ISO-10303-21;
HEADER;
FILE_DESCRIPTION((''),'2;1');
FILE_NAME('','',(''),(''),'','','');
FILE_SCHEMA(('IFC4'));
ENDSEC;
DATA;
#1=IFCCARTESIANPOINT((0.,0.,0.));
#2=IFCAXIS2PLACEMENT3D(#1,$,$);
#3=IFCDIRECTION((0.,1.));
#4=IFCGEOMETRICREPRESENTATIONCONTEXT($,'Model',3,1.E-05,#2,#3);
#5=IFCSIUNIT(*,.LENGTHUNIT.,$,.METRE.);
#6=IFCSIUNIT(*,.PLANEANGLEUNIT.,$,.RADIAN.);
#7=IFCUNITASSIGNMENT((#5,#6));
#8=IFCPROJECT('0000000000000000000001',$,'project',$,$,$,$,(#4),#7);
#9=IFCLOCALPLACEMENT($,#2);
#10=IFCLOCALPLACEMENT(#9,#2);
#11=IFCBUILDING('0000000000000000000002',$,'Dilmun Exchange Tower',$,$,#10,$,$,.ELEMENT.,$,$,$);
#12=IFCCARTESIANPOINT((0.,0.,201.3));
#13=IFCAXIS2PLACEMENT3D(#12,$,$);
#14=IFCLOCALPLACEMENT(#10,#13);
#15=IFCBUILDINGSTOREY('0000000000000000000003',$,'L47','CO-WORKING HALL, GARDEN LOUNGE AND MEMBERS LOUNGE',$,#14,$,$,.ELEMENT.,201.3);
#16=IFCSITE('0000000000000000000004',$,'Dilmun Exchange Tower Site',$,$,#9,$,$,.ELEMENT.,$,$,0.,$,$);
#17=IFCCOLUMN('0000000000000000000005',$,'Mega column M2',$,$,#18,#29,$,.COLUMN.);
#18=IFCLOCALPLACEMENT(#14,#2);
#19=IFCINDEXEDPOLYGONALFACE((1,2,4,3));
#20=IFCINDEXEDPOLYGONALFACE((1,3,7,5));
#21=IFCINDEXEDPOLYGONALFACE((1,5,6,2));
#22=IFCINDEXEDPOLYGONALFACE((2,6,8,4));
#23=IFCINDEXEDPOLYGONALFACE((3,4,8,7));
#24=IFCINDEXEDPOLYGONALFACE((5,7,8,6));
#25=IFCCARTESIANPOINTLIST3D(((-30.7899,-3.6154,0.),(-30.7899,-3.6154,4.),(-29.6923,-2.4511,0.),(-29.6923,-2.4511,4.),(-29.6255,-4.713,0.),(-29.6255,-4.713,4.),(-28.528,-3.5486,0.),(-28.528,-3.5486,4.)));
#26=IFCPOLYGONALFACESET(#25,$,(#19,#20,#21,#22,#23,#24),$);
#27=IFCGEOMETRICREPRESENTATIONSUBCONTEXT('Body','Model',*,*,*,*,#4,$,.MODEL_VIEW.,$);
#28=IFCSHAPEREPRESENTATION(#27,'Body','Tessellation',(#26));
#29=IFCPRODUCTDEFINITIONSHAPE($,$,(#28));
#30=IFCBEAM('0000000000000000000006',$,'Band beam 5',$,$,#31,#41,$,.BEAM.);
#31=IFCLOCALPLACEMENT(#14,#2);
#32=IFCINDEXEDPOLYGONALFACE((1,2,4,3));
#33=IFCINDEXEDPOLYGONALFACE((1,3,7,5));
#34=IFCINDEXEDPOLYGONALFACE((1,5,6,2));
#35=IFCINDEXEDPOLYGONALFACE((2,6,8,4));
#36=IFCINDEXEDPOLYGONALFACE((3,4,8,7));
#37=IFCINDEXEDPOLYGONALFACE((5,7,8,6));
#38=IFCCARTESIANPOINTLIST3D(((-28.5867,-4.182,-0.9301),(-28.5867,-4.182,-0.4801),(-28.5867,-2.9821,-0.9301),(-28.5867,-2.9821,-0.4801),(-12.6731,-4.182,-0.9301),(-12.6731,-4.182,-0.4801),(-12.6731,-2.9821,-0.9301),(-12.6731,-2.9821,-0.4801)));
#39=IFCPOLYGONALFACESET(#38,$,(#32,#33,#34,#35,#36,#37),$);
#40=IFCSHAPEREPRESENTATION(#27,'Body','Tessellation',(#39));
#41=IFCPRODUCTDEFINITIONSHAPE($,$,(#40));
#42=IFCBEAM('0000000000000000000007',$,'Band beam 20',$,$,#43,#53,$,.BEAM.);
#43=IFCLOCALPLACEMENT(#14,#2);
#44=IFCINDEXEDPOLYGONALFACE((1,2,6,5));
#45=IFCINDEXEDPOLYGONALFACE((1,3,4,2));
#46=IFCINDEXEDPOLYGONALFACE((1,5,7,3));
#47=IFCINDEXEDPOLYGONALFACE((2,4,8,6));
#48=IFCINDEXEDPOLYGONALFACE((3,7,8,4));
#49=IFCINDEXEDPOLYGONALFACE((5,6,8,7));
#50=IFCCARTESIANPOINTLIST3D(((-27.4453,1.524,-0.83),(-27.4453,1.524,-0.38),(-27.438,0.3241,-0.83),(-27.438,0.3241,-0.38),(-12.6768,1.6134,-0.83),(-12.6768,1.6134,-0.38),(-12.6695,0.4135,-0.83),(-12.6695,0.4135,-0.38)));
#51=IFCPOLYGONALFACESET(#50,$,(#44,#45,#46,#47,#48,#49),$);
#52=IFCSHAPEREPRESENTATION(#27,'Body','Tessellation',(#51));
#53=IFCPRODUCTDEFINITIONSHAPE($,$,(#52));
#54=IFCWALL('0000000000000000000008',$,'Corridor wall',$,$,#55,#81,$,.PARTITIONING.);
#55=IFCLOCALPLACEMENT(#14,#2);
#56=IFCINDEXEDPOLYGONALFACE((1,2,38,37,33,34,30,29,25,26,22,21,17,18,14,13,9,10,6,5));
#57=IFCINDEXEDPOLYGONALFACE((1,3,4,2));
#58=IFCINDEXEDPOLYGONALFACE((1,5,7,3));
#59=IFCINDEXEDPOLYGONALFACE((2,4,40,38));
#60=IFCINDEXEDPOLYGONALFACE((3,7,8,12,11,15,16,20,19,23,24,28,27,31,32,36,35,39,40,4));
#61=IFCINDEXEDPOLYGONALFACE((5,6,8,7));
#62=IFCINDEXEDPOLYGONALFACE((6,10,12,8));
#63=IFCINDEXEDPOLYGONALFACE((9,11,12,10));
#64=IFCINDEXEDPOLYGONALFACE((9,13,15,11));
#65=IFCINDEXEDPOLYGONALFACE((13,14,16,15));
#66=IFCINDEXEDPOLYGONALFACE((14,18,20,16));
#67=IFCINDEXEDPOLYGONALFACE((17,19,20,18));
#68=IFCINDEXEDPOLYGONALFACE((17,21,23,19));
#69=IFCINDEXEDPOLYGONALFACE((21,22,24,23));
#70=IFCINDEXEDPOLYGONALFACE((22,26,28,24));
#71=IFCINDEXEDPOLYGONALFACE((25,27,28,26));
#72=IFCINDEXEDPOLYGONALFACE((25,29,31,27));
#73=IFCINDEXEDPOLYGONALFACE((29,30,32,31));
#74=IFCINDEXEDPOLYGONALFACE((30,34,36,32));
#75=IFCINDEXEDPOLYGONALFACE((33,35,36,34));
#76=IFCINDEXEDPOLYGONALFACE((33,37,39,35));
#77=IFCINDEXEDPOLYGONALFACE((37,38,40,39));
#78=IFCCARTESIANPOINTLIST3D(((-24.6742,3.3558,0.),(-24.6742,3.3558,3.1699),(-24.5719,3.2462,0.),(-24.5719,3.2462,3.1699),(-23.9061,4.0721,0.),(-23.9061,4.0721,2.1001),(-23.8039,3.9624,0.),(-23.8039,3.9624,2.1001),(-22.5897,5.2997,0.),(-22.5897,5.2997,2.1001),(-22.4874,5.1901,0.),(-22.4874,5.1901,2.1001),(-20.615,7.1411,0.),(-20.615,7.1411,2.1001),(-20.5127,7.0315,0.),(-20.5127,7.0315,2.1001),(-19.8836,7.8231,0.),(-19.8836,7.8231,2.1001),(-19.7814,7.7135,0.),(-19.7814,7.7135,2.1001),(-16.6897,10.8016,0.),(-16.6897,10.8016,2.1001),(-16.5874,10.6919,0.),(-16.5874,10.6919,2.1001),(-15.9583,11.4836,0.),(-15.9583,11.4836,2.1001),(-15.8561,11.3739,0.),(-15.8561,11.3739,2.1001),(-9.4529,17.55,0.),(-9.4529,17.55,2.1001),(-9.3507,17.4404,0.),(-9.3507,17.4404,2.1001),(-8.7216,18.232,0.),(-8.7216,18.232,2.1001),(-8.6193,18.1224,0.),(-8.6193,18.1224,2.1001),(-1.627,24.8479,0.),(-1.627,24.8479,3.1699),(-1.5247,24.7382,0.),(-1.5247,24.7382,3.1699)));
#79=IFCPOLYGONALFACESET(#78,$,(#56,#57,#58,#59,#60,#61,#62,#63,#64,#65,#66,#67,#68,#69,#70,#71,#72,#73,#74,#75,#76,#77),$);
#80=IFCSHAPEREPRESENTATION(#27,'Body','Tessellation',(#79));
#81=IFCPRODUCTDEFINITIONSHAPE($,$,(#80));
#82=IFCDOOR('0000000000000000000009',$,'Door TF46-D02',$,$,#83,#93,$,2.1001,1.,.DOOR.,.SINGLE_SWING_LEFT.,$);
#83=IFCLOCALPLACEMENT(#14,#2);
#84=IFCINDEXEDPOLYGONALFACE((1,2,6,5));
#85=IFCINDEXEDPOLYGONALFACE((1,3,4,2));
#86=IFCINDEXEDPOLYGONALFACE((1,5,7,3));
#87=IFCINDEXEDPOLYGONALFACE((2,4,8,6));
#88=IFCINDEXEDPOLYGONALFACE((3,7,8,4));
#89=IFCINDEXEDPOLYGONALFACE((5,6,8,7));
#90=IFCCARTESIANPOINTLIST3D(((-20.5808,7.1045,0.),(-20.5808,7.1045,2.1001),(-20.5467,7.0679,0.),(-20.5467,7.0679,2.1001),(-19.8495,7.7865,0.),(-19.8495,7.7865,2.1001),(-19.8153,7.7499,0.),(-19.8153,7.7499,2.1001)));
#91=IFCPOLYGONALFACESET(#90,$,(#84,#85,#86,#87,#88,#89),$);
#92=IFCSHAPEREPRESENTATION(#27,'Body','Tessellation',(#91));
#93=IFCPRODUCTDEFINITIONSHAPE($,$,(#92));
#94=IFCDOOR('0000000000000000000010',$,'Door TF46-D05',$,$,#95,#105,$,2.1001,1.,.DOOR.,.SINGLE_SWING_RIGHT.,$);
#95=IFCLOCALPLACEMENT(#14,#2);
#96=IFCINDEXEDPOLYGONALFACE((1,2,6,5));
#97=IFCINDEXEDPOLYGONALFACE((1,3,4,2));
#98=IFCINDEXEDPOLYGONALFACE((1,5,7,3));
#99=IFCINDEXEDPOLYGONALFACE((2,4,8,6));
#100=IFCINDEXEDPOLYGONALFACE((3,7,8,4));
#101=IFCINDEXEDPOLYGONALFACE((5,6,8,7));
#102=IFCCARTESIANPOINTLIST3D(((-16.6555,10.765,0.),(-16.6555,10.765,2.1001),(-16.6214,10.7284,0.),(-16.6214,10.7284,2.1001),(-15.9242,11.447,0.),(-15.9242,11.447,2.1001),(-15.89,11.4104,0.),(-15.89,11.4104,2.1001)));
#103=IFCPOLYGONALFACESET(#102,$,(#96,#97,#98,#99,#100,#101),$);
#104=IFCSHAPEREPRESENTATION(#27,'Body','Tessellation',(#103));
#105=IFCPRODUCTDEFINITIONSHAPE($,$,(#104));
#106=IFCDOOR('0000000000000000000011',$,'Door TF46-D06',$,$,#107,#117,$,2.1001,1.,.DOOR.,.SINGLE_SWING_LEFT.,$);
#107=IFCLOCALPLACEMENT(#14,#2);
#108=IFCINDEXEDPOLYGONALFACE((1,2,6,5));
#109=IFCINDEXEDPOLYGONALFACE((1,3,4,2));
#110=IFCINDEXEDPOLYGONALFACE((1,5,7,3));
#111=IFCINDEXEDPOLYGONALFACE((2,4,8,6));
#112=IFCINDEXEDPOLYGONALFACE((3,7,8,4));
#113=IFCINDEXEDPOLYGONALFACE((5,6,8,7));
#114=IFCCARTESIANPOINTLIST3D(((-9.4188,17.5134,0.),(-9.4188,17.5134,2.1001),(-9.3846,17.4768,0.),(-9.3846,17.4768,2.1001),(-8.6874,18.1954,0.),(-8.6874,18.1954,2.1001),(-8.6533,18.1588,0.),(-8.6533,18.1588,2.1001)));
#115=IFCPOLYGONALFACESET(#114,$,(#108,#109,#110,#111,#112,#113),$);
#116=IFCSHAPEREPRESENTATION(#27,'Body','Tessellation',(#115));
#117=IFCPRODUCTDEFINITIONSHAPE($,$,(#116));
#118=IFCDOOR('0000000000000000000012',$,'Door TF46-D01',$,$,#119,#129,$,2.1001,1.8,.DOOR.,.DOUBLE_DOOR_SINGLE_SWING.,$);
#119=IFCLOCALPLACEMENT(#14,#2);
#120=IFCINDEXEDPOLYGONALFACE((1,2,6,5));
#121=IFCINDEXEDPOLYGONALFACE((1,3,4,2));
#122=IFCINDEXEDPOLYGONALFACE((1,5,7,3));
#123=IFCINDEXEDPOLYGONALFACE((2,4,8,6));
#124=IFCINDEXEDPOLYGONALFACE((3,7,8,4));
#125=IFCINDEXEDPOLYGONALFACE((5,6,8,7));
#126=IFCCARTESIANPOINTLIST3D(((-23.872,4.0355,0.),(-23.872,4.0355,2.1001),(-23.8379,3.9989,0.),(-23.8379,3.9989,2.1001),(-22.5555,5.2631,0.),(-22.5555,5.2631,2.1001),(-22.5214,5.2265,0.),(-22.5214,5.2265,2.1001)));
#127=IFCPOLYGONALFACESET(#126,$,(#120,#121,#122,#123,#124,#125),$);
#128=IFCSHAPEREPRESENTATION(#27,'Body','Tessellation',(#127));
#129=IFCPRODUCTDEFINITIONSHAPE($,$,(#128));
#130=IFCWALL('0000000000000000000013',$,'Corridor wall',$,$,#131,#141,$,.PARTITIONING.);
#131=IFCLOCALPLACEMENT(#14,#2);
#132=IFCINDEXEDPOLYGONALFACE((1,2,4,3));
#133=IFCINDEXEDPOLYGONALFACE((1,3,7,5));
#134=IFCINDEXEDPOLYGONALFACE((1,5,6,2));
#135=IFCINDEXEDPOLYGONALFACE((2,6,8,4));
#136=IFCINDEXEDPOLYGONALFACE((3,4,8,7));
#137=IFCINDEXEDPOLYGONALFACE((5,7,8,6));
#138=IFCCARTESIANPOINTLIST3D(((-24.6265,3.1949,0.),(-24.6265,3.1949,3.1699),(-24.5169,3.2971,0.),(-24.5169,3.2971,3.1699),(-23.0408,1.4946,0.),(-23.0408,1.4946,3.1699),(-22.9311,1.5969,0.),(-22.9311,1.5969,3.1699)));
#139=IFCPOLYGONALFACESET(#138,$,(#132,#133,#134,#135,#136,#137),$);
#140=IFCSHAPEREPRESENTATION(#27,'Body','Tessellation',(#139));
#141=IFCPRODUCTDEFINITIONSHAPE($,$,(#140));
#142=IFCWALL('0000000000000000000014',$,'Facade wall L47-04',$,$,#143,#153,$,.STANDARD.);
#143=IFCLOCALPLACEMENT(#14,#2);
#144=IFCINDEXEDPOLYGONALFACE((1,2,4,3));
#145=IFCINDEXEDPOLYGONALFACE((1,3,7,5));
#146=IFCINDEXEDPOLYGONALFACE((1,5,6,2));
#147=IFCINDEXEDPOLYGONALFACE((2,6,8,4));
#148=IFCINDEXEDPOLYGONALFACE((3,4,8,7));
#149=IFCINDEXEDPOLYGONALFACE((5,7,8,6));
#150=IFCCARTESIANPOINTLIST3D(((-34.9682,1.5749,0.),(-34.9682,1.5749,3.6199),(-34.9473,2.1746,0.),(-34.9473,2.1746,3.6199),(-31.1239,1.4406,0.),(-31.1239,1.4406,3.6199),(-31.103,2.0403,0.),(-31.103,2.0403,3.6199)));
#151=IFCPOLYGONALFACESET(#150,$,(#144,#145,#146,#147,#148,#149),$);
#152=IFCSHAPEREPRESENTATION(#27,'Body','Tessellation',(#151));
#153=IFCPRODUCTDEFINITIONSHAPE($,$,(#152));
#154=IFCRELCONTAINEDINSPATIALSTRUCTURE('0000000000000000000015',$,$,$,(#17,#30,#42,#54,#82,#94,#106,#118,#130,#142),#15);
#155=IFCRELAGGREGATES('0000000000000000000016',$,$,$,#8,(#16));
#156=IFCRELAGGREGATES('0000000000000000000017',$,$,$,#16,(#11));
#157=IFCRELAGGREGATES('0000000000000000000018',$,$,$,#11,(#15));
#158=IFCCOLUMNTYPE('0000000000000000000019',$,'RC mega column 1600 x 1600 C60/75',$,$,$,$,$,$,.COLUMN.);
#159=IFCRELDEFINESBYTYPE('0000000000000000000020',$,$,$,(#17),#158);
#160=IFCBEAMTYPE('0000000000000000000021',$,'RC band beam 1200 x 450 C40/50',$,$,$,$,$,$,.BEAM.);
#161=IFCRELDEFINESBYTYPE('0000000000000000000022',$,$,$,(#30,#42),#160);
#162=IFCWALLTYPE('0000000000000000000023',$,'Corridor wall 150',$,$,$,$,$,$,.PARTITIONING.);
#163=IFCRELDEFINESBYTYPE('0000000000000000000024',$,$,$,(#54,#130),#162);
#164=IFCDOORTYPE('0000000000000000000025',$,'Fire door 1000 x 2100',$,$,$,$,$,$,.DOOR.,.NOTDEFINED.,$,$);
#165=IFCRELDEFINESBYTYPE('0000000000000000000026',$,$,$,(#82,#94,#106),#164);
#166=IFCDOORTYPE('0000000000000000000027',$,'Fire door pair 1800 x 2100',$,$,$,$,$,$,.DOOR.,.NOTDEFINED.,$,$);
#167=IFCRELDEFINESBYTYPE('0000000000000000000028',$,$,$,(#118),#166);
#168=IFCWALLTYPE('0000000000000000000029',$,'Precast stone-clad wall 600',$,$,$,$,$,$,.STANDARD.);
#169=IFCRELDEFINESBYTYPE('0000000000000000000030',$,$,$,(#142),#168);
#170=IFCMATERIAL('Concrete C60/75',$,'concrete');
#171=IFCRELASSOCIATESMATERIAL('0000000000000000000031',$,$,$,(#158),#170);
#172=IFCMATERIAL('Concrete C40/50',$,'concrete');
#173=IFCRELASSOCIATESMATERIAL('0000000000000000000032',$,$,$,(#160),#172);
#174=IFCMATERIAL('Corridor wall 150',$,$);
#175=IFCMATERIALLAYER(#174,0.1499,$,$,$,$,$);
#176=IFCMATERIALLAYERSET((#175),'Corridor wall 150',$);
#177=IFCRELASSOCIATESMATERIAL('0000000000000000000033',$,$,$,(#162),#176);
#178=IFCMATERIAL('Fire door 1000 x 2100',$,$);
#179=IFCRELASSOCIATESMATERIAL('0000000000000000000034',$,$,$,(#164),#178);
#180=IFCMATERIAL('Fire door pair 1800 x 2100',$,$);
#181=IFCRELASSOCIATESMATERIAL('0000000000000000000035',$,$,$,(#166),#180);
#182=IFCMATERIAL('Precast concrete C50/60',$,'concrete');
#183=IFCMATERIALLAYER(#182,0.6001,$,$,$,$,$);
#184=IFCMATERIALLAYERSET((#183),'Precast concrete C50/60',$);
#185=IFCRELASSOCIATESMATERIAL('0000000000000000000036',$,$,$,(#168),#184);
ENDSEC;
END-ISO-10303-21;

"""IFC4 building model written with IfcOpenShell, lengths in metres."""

from ifc_helpers import new_model, si_unit, direction, frame, frame_2d, origin, origin_2d, place, context, subcontext, project, spatial, rectangle, extrude, material, layer, layer_set, material_profile, profile_set, type_object, element, fill, save


model = new_model("IFC4")

# Units and contexts
model_context = context("Model", 3, precision=1e-05, world=origin(), true_north=direction((0.0, 1.0)))
body_context = subcontext(model_context, "Body", "Model", "MODEL_VIEW")
ifc_project = project(units=[si_unit("LENGTHUNIT", "METRE"), si_unit("PLANEANGLEUNIT", "RADIAN")], contexts=[model_context])

# Site, building, storey
site_placement = place(None, origin())
site = spatial("IfcSite", under=ifc_project, at=site_placement, Name="Dilmun Exchange Tower Site", CompositionType="ELEMENT", RefElevation=0.0)
building_placement = place(site_placement, origin())
building = spatial("IfcBuilding", under=site, at=building_placement, Name="Dilmun Exchange Tower", CompositionType="ELEMENT")
storey_placement = place(building_placement, frame((0.0, 0.0, 201.3)))
storey = spatial("IfcBuildingStorey", under=building, at=storey_placement, Name="L47", Description="CO-WORKING HALL, GARDEN LOUNGE AND MEMBERS LOUNGE", CompositionType="ELEMENT", Elevation=201.3)

# Column
ifc_material_1 = material(Name="Concrete C60/75", Category="concrete")
ifc_material_profile_1 = material_profile(ifc_material_1, rectangle(XDim=1.6001, YDim=1.6001, at=origin_2d()), Name="1600 x 1600")
ifc_profile_set_1 = profile_set([ifc_material_profile_1], Name="Concrete C60/75")
column_type = type_object("IfcColumnType", Name="RC mega column 1600 x 1600 C60/75", PredefinedType="COLUMN", material=ifc_profile_set_1)
column_placement = place(storey_placement, frame((-29.6589, -3.582, 0.0), z_axis=(0.0, 0.0, 1.0), x_axis=(0.685916, 0.727681, 0.0)))
element("IfcColumn", 1, at=column_placement, inside=storey, type_object=column_type, Name="Mega column M2", PredefinedType="COLUMN", context=body_context, shape_type="SweptSolid", body=[
    extrude(rectangle(XDim=1.6001, YDim=1.6001, at=origin_2d()), origin(), (0.0, 0.0, 1.0), 4.0),
])

# Beams
ifc_material_2 = material(Name="Concrete C40/50", Category="concrete")
ifc_material_profile_2 = material_profile(ifc_material_2, rectangle(XDim=1.2, YDim=0.45, at=origin_2d()), Name="1200 x 450")
ifc_profile_set_2 = profile_set([ifc_material_profile_2], Name="Concrete C40/50")
beam_type = type_object("IfcBeamType", Name="RC band beam 1200 x 450 C40/50", PredefinedType="BEAM", material=ifc_profile_set_2)
beam_1_placement = place(storey_placement, frame((-28.5867, -3.582, -0.7051), z_axis=(1.0, 0.0, 0.0), x_axis=(0.0, 1.0, 0.0)))
element("IfcBeam", 2, at=beam_1_placement, inside=storey, type_object=beam_type, Name="Band beam 5", PredefinedType="BEAM", context=body_context, shape_type="SweptSolid", body=[
    extrude(rectangle(XDim=1.2, YDim=0.45, at=origin_2d()), origin(), (0.0, 0.0, 1.0), 15.9136),
])
beam_2_placement = place(storey_placement, frame((-27.4417, 0.9241, -0.605), z_axis=(0.999982, 0.00605, 0.0), x_axis=(-0.00605, 0.999982, 0.0)))
element("IfcBeam", 3, at=beam_2_placement, inside=storey, type_object=beam_type, Name="Band beam 20", PredefinedType="BEAM", context=body_context, shape_type="SweptSolid", body=[
    extrude(rectangle(XDim=1.2, YDim=0.45, at=origin_2d()), origin(), (0.0, 0.0, 1.0), 14.7688),
])

# Wall, openings, doors
ifc_material_3 = material(Name="Corridor wall 150")
ifc_layer_1 = layer(ifc_material_3, 0.1499)
ifc_layer_set_1 = layer_set([ifc_layer_1], Name="Corridor wall 150")
wall_type_1 = type_object("IfcWallType", Name="Corridor wall 150", PredefinedType="PARTITIONING", material=ifc_layer_set_1)
wall_1_placement = place(storey_placement, frame((-24.623, 3.301, 0.0), z_axis=(0.0, 0.0, 1.0), x_axis=(0.731351, 0.682001, 0.0)))
wall_1 = element("IfcWall", 4, at=wall_1_placement, inside=storey, type_object=wall_type_1, Name="Corridor wall", PredefinedType="PARTITIONING", context=body_context, shape_type="SweptSolid", body=[
    extrude(rectangle(XDim=31.5132, YDim=0.1499, at=frame_2d((15.7566, 0.0))), origin(), (0.0, 0.0, 1.0), 3.1699),
])
opening_1_placement = place(wall_1_placement, frame((1.0503, 0.0, 0.0)))
opening_1 = element("IfcOpeningElement", 5, at=opening_1_placement, cuts=wall_1, PredefinedType="OPENING", context=body_context, shape_type="SweptSolid", body=[
    extrude(rectangle(XDim=1.8, YDim=2.1001, at=frame_2d((0.8999, 1.05))), frame((0.0, 0.085, 0.0), z_axis=(0.0, -1.0, 0.0), x_axis=(1.0, 0.0, 0.0)), (0.0, 0.0, 1.0), 0.1699),
])
opening_2_placement = place(wall_1_placement, frame((5.5503, 0.0, 0.0)))
opening_2 = element("IfcOpeningElement", 6, at=opening_2_placement, cuts=wall_1, PredefinedType="OPENING", context=body_context, shape_type="SweptSolid", body=[
    extrude(rectangle(XDim=1.0, YDim=2.1001, at=frame_2d((0.5, 1.05))), frame((0.0, 0.085, 0.0), z_axis=(0.0, -1.0, 0.0), x_axis=(1.0, 0.0, 0.0)), (0.0, 0.0, 1.0), 0.1699),
])
opening_3_placement = place(wall_1_placement, frame((10.9175, 0.0, 0.0)))
opening_3 = element("IfcOpeningElement", 7, at=opening_3_placement, cuts=wall_1, PredefinedType="OPENING", context=body_context, shape_type="SweptSolid", body=[
    extrude(rectangle(XDim=1.0, YDim=2.1001, at=frame_2d((0.5, 1.05))), frame((0.0, 0.085, 0.0), z_axis=(0.0, -1.0, 0.0), x_axis=(1.0, 0.0, 0.0)), (0.0, 0.0, 1.0), 0.1699),
])
opening_4_placement = place(wall_1_placement, frame((20.8125, 0.0, 0.0)))
opening_4 = element("IfcOpeningElement", 8, at=opening_4_placement, cuts=wall_1, PredefinedType="OPENING", context=body_context, shape_type="SweptSolid", body=[
    extrude(rectangle(XDim=1.0, YDim=2.1001, at=frame_2d((0.5, 1.05))), frame((0.0, 0.085, 0.0), z_axis=(0.0, -1.0, 0.0), x_axis=(1.0, 0.0, 0.0)), (0.0, 0.0, 1.0), 0.1699),
])
ifc_material_4 = material(Name="Fire door 1000 x 2100")
door_type_1 = type_object("IfcDoorType", Name="Fire door 1000 x 2100", OperationType="NOTDEFINED", PredefinedType="DOOR", material=ifc_material_4)
door_1_placement = place(opening_2_placement, origin())
door_1 = element("IfcDoor", 9, at=door_1_placement, inside=storey, type_object=door_type_1, Name="Door TF46-D02", OperationType="SINGLE_SWING_LEFT", OverallHeight=2.1001, OverallWidth=1.0, PredefinedType="DOOR", context=body_context, shape_type="SweptSolid", body=[
    extrude(rectangle(XDim=1.0, YDim=2.1001, at=frame_2d((0.5, 1.05))), frame((0.0, 0.0249, 0.0), z_axis=(0.0, -1.0, 0.0), x_axis=(1.0, 0.0, 0.0)), (0.0, 0.0, 1.0), 0.05),
])
fill(opening_2, door_1)
door_2_placement = place(opening_3_placement, origin())
door_2 = element("IfcDoor", 10, at=door_2_placement, inside=storey, type_object=door_type_1, Name="Door TF46-D05", OperationType="SINGLE_SWING_RIGHT", OverallHeight=2.1001, OverallWidth=1.0, PredefinedType="DOOR", context=body_context, shape_type="SweptSolid", body=[
    extrude(rectangle(XDim=1.0, YDim=2.1001, at=frame_2d((0.5, 1.05))), frame((0.0, 0.0249, 0.0), z_axis=(0.0, -1.0, 0.0), x_axis=(1.0, 0.0, 0.0)), (0.0, 0.0, 1.0), 0.05),
])
fill(opening_3, door_2)
door_3_placement = place(opening_4_placement, origin())
door_3 = element("IfcDoor", 11, at=door_3_placement, inside=storey, type_object=door_type_1, Name="Door TF46-D06", OperationType="SINGLE_SWING_LEFT", OverallHeight=2.1001, OverallWidth=1.0, PredefinedType="DOOR", context=body_context, shape_type="SweptSolid", body=[
    extrude(rectangle(XDim=1.0, YDim=2.1001, at=frame_2d((0.5, 1.05))), frame((0.0, 0.0249, 0.0), z_axis=(0.0, -1.0, 0.0), x_axis=(1.0, 0.0, 0.0)), (0.0, 0.0, 1.0), 0.05),
])
fill(opening_4, door_3)
ifc_material_5 = material(Name="Fire door pair 1800 x 2100")
door_type_2 = type_object("IfcDoorType", Name="Fire door pair 1800 x 2100", OperationType="NOTDEFINED", PredefinedType="DOOR", material=ifc_material_5)
door_4_placement = place(opening_1_placement, origin())
door_4 = element("IfcDoor", 12, at=door_4_placement, inside=storey, type_object=door_type_2, Name="Door TF46-D01", OperationType="DOUBLE_DOOR_SINGLE_SWING", OverallHeight=2.1001, OverallWidth=1.8, PredefinedType="DOOR", context=body_context, shape_type="SweptSolid", body=[
    extrude(rectangle(XDim=1.8, YDim=2.1001, at=frame_2d((0.8999, 1.05))), frame((0.0, 0.0249, 0.0), z_axis=(0.0, -1.0, 0.0), x_axis=(1.0, 0.0, 0.0)), (0.0, 0.0, 1.0), 0.05),
])
fill(opening_1, door_4)

# Walls
wall_2_placement = place(storey_placement, frame((-24.5718, 3.2461, 0.0), z_axis=(0.0, 0.0, 1.0), x_axis=(0.682053, -0.731303, 0.0)))
element("IfcWall", 13, at=wall_2_placement, inside=storey, type_object=wall_type_1, Name="Corridor wall", PredefinedType="PARTITIONING", context=body_context, shape_type="SweptSolid", body=[
    extrude(rectangle(XDim=2.325, YDim=0.1499, at=frame_2d((1.1626, 0.0))), origin(), (0.0, 0.0, 1.0), 3.1699),
])
ifc_material_6 = material(Name="Precast concrete C50/60", Category="concrete")
ifc_layer_2 = layer(ifc_material_6, 0.6001)
ifc_layer_set_2 = layer_set([ifc_layer_2], Name="Precast concrete C50/60")
wall_type_2 = type_object("IfcWallType", Name="Precast stone-clad wall 600", PredefinedType="STANDARD", material=ifc_layer_set_2)
wall_3_placement = place(storey_placement, frame((-34.9578, 1.8748, 0.0), z_axis=(0.0, 0.0, 1.0), x_axis=(0.999391, -0.034908, 0.0)))
element("IfcWall", 14, at=wall_3_placement, inside=storey, type_object=wall_type_2, Name="Facade wall L47-04", PredefinedType="STANDARD", context=body_context, shape_type="SweptSolid", body=[
    extrude(rectangle(XDim=3.8467, YDim=0.6001, at=frame_2d((1.9233, 0.0))), origin(), (0.0, 0.0, 1.0), 3.6199),
])

save(model, "model.ifc")
